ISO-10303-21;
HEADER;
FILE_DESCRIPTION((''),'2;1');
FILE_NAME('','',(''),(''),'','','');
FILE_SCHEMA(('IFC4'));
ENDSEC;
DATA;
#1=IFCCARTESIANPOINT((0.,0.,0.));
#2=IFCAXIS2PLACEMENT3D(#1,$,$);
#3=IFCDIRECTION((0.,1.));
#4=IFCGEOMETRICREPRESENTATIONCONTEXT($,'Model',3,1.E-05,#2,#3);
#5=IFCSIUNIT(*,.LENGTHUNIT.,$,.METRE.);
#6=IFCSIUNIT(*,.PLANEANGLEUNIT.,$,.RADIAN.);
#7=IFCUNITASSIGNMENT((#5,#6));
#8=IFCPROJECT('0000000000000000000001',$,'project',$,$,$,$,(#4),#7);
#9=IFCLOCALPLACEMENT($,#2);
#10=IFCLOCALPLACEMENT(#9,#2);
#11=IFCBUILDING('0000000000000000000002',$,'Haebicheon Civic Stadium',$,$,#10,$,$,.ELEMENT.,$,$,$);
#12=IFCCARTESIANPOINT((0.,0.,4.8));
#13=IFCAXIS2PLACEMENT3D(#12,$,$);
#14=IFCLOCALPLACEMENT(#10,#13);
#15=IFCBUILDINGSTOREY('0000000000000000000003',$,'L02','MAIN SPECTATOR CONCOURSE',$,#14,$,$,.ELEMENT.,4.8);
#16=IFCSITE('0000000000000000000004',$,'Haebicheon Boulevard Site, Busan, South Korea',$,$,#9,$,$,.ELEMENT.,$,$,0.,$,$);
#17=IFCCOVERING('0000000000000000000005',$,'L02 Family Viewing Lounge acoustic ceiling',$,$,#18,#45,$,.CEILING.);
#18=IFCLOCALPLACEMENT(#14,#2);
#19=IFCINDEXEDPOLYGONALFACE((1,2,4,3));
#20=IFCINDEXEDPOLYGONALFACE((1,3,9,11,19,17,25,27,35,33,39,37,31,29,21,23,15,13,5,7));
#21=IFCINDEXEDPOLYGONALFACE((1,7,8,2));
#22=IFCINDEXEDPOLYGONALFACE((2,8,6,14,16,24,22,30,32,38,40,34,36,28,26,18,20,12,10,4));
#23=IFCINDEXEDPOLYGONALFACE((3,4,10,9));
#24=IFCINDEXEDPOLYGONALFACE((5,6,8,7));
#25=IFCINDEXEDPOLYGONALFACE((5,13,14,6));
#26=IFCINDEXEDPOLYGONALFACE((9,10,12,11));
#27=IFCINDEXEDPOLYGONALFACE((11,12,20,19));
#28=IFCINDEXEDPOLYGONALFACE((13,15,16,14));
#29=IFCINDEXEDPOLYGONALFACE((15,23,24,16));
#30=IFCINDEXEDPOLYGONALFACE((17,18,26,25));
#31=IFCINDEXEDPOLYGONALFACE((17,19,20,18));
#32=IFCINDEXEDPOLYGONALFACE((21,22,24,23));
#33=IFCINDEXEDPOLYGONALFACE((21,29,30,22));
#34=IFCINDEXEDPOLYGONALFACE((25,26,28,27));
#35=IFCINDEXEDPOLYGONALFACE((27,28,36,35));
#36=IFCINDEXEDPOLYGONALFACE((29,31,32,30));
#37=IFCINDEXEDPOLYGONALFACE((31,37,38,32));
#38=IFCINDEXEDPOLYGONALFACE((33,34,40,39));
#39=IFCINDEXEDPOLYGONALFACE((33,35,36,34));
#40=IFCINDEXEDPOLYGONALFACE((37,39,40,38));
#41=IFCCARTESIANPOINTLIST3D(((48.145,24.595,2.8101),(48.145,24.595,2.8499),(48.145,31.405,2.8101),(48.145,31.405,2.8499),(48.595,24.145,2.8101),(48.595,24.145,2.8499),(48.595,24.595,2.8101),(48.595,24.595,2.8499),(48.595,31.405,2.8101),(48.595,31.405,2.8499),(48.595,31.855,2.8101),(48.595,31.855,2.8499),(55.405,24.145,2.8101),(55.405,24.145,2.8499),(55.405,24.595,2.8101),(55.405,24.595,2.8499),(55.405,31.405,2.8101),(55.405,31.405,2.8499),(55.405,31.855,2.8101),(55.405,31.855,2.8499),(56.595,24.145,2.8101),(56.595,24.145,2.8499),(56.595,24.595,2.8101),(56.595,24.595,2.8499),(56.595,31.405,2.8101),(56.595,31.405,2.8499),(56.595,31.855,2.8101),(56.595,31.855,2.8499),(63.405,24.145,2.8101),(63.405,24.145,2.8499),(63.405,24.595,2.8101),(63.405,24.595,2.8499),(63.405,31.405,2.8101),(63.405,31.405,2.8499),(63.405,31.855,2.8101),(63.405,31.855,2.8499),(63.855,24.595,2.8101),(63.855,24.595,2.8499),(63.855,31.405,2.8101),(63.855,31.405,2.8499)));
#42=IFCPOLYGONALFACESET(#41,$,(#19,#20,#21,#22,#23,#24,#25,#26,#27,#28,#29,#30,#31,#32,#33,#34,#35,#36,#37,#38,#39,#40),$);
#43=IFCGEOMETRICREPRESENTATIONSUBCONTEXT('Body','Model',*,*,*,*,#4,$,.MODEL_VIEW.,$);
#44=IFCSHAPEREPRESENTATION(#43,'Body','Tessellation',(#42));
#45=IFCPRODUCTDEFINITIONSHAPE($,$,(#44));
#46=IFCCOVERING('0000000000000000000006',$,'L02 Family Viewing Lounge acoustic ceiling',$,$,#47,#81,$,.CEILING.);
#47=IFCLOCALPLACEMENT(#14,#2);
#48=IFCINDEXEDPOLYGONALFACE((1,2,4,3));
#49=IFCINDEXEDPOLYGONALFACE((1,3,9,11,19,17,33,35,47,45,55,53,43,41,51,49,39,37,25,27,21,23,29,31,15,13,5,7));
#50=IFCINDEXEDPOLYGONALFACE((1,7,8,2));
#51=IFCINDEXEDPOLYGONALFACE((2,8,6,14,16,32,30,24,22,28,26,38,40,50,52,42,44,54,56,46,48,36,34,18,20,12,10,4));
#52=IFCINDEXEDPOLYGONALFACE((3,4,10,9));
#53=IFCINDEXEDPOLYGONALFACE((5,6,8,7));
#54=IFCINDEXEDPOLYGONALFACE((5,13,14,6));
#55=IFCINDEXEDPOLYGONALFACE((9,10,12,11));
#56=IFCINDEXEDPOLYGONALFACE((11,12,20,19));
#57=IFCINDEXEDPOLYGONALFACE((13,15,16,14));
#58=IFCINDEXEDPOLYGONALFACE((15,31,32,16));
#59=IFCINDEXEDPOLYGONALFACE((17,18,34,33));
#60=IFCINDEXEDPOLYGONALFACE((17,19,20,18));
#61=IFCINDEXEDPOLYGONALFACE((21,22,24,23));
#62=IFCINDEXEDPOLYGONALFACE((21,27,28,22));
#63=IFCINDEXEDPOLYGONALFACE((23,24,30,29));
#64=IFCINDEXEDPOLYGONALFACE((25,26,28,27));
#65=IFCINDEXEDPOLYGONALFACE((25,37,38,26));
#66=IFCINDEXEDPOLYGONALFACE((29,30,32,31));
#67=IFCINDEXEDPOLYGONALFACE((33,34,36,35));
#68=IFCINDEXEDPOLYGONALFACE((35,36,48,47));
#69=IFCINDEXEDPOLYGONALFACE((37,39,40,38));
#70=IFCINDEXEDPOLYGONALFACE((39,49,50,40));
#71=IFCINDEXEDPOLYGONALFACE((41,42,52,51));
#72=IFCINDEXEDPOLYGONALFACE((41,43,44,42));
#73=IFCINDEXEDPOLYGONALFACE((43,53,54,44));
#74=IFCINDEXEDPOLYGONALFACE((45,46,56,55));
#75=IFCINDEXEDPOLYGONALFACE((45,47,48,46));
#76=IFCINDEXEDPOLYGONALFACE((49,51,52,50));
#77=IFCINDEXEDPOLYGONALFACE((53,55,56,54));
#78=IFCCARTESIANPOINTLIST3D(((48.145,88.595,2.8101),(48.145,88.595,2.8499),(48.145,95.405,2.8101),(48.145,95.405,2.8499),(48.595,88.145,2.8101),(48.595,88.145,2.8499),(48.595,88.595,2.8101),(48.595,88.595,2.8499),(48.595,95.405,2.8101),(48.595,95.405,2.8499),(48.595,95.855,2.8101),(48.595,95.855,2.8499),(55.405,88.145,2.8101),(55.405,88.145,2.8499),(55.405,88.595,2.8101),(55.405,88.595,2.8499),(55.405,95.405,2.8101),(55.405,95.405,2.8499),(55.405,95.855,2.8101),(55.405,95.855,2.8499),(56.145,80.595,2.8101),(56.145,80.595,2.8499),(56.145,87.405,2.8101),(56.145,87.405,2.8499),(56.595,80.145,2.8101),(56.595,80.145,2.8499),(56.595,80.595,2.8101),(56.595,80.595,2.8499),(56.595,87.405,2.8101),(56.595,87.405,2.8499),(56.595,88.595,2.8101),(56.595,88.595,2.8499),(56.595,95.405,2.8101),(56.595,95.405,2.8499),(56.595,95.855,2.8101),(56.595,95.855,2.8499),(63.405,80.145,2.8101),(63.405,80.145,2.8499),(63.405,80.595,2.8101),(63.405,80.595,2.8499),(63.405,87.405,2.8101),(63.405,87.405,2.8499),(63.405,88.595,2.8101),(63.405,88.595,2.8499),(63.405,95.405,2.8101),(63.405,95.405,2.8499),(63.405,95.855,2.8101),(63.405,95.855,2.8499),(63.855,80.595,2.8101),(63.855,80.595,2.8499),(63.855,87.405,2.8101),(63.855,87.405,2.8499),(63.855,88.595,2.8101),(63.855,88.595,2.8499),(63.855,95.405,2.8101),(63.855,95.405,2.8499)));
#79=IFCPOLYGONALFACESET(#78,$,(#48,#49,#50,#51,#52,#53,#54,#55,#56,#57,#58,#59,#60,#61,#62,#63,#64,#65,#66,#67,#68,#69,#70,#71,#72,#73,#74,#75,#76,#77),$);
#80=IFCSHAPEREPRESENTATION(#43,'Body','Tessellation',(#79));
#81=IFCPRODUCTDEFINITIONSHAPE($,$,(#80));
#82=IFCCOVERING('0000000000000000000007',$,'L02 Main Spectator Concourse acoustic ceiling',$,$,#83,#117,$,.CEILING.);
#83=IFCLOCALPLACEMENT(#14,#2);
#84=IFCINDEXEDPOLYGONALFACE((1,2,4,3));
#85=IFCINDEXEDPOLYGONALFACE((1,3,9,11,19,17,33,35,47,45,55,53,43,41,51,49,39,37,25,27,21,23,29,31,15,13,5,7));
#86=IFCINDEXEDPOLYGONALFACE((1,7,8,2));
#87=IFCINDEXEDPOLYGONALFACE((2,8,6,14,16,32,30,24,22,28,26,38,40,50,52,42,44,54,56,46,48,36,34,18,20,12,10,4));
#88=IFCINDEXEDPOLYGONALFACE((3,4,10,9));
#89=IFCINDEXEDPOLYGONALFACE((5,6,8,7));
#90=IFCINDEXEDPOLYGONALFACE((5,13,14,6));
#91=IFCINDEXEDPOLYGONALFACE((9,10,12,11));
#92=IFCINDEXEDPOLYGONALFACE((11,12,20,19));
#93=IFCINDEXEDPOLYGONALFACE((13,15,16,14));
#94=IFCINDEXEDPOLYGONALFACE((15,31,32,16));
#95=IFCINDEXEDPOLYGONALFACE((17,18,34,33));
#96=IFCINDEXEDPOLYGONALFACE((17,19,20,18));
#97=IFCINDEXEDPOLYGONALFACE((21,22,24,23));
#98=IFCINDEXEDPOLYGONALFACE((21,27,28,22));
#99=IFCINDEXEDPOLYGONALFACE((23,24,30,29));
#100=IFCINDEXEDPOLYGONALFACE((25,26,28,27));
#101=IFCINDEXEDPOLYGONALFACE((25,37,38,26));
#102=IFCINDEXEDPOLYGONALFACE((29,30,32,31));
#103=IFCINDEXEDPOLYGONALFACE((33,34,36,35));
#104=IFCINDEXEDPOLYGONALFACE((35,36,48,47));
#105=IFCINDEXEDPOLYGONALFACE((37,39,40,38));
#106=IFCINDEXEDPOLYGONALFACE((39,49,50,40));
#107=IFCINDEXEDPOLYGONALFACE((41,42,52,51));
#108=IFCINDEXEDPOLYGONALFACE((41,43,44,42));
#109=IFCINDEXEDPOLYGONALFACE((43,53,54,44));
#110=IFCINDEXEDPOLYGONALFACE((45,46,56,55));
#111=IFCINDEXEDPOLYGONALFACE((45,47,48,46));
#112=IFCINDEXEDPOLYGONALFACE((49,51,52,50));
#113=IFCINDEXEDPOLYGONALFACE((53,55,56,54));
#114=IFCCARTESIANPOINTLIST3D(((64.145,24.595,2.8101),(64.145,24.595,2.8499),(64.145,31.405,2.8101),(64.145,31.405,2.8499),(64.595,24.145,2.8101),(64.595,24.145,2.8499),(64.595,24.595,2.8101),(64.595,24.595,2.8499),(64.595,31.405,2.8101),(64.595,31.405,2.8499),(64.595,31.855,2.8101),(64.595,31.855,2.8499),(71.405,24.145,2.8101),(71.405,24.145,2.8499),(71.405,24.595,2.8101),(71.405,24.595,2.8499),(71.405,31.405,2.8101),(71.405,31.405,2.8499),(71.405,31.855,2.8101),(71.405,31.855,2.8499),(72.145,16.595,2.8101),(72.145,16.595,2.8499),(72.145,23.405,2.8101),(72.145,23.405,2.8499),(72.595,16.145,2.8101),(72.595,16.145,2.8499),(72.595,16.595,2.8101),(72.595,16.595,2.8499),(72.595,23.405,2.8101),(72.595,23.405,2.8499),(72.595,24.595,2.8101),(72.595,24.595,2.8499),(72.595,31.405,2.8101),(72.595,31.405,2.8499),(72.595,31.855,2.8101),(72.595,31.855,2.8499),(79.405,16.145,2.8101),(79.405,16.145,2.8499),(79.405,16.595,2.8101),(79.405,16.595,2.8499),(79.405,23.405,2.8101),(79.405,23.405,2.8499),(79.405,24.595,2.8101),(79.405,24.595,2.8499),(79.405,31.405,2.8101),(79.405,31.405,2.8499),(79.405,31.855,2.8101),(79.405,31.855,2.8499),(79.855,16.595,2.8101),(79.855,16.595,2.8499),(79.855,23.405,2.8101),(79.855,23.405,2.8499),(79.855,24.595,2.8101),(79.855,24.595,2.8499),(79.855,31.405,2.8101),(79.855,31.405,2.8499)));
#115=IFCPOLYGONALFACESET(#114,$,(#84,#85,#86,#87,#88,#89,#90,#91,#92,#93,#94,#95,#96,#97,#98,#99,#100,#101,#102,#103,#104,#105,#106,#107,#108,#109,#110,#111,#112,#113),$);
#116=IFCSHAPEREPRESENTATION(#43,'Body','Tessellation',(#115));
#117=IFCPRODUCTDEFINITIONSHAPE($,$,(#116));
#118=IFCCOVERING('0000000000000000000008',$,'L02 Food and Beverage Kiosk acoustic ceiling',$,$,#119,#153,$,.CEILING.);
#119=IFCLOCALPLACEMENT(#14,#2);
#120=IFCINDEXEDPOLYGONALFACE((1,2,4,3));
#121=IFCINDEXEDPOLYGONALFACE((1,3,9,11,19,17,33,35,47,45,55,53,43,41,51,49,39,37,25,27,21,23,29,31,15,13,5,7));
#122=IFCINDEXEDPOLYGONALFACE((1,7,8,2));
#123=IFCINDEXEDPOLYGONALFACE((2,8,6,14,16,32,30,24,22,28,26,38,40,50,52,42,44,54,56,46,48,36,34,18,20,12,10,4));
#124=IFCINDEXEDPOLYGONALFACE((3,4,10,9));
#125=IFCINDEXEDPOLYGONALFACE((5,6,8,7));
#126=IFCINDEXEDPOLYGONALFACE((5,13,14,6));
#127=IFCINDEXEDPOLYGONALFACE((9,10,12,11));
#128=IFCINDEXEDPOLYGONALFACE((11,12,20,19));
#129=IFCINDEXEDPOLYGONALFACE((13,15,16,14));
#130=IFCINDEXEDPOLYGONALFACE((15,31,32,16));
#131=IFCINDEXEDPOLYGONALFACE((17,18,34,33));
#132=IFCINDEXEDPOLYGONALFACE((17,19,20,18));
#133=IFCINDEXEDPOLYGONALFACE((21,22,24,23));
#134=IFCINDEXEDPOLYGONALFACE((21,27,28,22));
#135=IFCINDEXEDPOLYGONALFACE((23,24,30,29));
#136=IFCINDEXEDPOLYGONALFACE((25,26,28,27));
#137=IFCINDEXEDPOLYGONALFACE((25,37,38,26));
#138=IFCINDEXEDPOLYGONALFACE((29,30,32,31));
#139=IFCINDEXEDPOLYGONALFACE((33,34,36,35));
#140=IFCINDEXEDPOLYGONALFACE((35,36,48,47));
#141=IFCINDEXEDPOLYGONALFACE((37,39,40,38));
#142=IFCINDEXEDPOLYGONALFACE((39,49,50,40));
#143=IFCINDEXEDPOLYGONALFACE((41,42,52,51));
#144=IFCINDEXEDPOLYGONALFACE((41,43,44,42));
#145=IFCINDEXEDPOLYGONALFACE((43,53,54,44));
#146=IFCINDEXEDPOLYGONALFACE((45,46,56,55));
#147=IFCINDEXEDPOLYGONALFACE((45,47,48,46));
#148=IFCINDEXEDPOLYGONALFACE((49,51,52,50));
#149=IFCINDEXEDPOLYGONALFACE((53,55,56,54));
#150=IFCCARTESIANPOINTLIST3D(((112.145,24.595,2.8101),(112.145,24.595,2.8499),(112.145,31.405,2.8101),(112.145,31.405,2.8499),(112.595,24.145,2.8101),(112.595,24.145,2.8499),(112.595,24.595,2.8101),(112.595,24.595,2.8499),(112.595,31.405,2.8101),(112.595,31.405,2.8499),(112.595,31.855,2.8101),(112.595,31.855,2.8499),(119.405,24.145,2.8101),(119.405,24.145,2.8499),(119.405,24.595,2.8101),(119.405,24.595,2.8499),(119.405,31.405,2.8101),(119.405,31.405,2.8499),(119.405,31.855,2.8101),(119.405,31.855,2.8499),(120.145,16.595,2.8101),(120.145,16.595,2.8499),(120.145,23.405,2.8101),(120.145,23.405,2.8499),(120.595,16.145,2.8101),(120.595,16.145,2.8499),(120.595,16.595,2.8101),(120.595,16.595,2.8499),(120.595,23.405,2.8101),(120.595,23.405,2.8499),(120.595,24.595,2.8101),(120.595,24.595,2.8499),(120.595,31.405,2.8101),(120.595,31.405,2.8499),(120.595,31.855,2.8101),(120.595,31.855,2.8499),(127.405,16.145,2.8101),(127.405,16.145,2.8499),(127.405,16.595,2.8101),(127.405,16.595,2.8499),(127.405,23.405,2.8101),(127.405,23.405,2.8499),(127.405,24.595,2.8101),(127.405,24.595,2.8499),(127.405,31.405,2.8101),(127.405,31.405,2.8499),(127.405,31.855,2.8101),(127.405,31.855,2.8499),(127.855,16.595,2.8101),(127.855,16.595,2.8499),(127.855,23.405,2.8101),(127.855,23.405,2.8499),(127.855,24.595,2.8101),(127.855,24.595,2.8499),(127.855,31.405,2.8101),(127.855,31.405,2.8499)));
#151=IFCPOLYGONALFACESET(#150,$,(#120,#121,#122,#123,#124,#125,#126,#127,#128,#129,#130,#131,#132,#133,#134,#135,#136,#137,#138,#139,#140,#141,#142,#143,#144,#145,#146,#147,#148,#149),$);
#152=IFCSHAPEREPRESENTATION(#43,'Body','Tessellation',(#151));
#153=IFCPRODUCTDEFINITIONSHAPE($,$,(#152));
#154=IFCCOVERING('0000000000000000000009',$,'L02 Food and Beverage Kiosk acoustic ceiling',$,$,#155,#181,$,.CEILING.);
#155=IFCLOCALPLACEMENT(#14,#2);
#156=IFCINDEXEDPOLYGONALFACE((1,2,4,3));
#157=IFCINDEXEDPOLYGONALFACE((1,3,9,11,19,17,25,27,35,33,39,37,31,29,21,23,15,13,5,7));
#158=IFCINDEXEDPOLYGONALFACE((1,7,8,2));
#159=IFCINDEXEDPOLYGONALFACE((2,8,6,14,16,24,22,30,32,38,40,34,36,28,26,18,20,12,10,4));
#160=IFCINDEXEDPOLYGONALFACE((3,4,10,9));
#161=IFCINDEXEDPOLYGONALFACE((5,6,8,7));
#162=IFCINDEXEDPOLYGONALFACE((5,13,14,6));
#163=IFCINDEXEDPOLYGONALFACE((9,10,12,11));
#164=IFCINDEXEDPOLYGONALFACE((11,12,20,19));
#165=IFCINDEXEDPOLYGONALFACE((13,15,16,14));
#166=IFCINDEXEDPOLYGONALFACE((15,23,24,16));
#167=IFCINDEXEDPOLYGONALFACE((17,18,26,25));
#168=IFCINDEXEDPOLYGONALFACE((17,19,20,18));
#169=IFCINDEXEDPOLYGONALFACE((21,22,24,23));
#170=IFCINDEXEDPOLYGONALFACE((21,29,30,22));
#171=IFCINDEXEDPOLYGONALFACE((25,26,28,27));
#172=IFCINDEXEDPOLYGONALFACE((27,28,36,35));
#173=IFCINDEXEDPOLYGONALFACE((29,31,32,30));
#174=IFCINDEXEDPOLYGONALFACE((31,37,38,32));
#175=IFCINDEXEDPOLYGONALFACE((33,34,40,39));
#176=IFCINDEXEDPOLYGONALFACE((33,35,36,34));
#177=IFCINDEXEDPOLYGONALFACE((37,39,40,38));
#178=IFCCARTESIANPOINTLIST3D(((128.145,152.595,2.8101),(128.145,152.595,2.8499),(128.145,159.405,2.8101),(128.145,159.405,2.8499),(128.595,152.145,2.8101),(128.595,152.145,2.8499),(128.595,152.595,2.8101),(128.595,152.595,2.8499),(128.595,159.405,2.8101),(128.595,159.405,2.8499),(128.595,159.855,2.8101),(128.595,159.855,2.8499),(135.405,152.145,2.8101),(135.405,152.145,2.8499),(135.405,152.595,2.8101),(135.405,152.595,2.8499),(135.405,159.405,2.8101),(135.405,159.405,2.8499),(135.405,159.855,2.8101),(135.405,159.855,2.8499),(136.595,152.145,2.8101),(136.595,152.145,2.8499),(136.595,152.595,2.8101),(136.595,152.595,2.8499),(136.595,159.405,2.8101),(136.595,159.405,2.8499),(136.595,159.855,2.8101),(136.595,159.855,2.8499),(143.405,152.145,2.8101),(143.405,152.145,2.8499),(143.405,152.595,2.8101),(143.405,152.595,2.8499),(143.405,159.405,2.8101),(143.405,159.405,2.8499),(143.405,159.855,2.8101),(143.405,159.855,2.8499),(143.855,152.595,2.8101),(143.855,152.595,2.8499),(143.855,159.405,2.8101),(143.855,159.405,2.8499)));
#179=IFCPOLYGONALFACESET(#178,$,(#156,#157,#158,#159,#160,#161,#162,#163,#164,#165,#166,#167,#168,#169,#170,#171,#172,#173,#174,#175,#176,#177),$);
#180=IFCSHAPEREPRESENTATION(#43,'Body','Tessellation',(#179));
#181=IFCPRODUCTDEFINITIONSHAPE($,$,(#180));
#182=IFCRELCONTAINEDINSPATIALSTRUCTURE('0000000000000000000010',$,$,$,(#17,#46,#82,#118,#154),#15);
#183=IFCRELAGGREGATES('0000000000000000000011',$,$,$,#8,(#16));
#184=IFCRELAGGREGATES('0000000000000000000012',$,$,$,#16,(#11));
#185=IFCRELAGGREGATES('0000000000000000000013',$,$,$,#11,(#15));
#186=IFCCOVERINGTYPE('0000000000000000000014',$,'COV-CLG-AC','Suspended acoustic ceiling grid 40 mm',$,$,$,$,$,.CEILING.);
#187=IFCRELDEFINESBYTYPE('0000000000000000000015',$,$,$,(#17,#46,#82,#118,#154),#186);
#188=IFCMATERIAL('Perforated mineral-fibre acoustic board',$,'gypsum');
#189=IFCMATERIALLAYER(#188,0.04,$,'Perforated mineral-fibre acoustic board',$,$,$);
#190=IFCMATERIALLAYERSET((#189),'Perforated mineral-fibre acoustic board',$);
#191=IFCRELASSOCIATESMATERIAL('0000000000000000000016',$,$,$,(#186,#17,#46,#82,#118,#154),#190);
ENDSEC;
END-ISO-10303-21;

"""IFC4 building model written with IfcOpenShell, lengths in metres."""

from ifc_helpers import new_model, si_unit, direction, frame, origin, place, context, subcontext, project, spatial, polyline, outline, extrude, material, layer, layer_set, type_object, element, save


model = new_model("IFC4")

# Units and contexts
model_context = context("Model", 3, precision=1e-05, world=origin(), true_north=direction((0.0, 1.0)))
body_context = subcontext(model_context, "Body", "Model", "MODEL_VIEW")
ifc_project = project(units=[si_unit("LENGTHUNIT", "METRE"), si_unit("PLANEANGLEUNIT", "RADIAN")], contexts=[model_context])

# Site, building, storey
site_placement = place(None, origin())
site = spatial("IfcSite", under=ifc_project, at=site_placement, Name="Haebicheon Boulevard Site, Busan, South Korea", CompositionType="ELEMENT", RefElevation=0.0)
building_placement = place(site_placement, origin())
building = spatial("IfcBuilding", under=site, at=building_placement, Name="Haebicheon Civic Stadium", CompositionType="ELEMENT")
storey_placement = place(building_placement, frame((0.0, 0.0, 4.8)))
storey = spatial("IfcBuildingStorey", under=building, at=storey_placement, Name="L02", Description="MAIN SPECTATOR CONCOURSE", CompositionType="ELEMENT", Elevation=4.8)

# Coverings
ifc_material_1 = material(Name="Perforated mineral-fibre acoustic board", Category="gypsum")
ifc_layer_1 = layer(ifc_material_1, 0.04, Name="Perforated mineral-fibre acoustic board")
ifc_layer_set_1 = layer_set([ifc_layer_1], Name="Perforated mineral-fibre acoustic board")
covering_type_1 = type_object("IfcCoveringType", Name="COV-CLG-AC", Description="Suspended acoustic ceiling grid 40 mm", PredefinedType="CEILING", material=ifc_layer_set_1)
covering_1_placement = place(storey_placement, frame((0.0, 0.0, 2.8101)))
element("IfcCovering", 1, at=covering_1_placement, inside=storey, type_object=covering_type_1, material=ifc_layer_set_1, Name="L02 Family Viewing Lounge acoustic ceiling", PredefinedType="CEILING", context=body_context, shape_type="SweptSolid", body=[
    extrude(outline(polyline([(48.145, 31.405), (48.595, 31.405), (48.595, 31.855), (55.405, 31.855), (55.405, 31.405), (56.595, 31.405), (56.595, 31.855), (63.405, 31.855), (63.405, 31.405), (63.855, 31.405), (63.855, 24.595), (63.405, 24.595), (63.405, 24.145), (56.595, 24.145), (56.595, 24.595), (55.405, 24.595), (55.405, 24.145), (48.595, 24.145), (48.595, 24.595), (48.145, 24.595), (48.145, 31.405)])), origin(), (0.0, 0.0, 1.0), 0.0398),
])
covering_2_placement = place(storey_placement, frame((0.0, 0.0, 2.8101)))
element("IfcCovering", 2, at=covering_2_placement, inside=storey, type_object=covering_type_1, material=ifc_layer_set_1, Name="L02 Family Viewing Lounge acoustic ceiling", PredefinedType="CEILING", context=body_context, shape_type="SweptSolid", body=[
    extrude(outline(polyline([(56.595, 80.145), (56.595, 80.595), (56.145, 80.595), (56.145, 87.405), (56.595, 87.405), (56.595, 88.595), (55.405, 88.595), (55.405, 88.145), (48.595, 88.145), (48.595, 88.595), (48.145, 88.595), (48.145, 95.405), (48.595, 95.405), (48.595, 95.855), (55.405, 95.855), (55.405, 95.405), (56.595, 95.405), (56.595, 95.855), (63.405, 95.855), (63.405, 95.405), (63.855, 95.405), (63.855, 88.595), (63.405, 88.595), (63.405, 87.405), (63.855, 87.405), (63.855, 80.595), (63.405, 80.595), (63.405, 80.145), (56.595, 80.145)])), origin(), (0.0, 0.0, 1.0), 0.0398),
])
covering_3_placement = place(storey_placement, frame((0.0, 0.0, 2.8101)))
element("IfcCovering", 3, at=covering_3_placement, inside=storey, type_object=covering_type_1, material=ifc_layer_set_1, Name="L02 Main Spectator Concourse acoustic ceiling", PredefinedType="CEILING", context=body_context, shape_type="SweptSolid", body=[
    extrude(outline(polyline([(72.595, 16.145), (72.595, 16.595), (72.145, 16.595), (72.145, 23.405), (72.595, 23.405), (72.595, 24.595), (71.405, 24.595), (71.405, 24.145), (64.595, 24.145), (64.595, 24.595), (64.145, 24.595), (64.145, 31.405), (64.595, 31.405), (64.595, 31.855), (71.405, 31.855), (71.405, 31.405), (72.595, 31.405), (72.595, 31.855), (79.405, 31.855), (79.405, 31.405), (79.855, 31.405), (79.855, 24.595), (79.405, 24.595), (79.405, 23.405), (79.855, 23.405), (79.855, 16.595), (79.405, 16.595), (79.405, 16.145), (72.595, 16.145)])), origin(), (0.0, 0.0, 1.0), 0.0398),
])
covering_4_placement = place(storey_placement, frame((0.0, 0.0, 2.8101)))
element("IfcCovering", 4, at=covering_4_placement, inside=storey, type_object=covering_type_1, material=ifc_layer_set_1, Name="L02 Food and Beverage Kiosk acoustic ceiling", PredefinedType="CEILING", context=body_context, shape_type="SweptSolid", body=[
    extrude(outline(polyline([(120.595, 16.145), (120.595, 16.595), (120.145, 16.595), (120.145, 23.405), (120.595, 23.405), (120.595, 24.595), (119.405, 24.595), (119.405, 24.145), (112.595, 24.145), (112.595, 24.595), (112.145, 24.595), (112.145, 31.405), (112.595, 31.405), (112.595, 31.855), (119.405, 31.855), (119.405, 31.405), (120.595, 31.405), (120.595, 31.855), (127.405, 31.855), (127.405, 31.405), (127.855, 31.405), (127.855, 24.595), (127.405, 24.595), (127.405, 23.405), (127.855, 23.405), (127.855, 16.595), (127.405, 16.595), (127.405, 16.145), (120.595, 16.145)])), origin(), (0.0, 0.0, 1.0), 0.0398),
])
covering_5_placement = place(storey_placement, frame((0.0, 0.0, 2.8101)))
element("IfcCovering", 5, at=covering_5_placement, inside=storey, type_object=covering_type_1, material=ifc_layer_set_1, Name="L02 Food and Beverage Kiosk acoustic ceiling", PredefinedType="CEILING", context=body_context, shape_type="SweptSolid", body=[
    extrude(outline(polyline([(128.145, 159.405), (128.595, 159.405), (128.595, 159.855), (135.405, 159.855), (135.405, 159.405), (136.595, 159.405), (136.595, 159.855), (143.405, 159.855), (143.405, 159.405), (143.855, 159.405), (143.855, 152.595), (143.405, 152.595), (143.405, 152.145), (136.595, 152.145), (136.595, 152.595), (135.405, 152.595), (135.405, 152.145), (128.595, 152.145), (128.595, 152.595), (128.145, 152.595), (128.145, 159.405)])), origin(), (0.0, 0.0, 1.0), 0.0398),
])

save(model, "model.ifc")
